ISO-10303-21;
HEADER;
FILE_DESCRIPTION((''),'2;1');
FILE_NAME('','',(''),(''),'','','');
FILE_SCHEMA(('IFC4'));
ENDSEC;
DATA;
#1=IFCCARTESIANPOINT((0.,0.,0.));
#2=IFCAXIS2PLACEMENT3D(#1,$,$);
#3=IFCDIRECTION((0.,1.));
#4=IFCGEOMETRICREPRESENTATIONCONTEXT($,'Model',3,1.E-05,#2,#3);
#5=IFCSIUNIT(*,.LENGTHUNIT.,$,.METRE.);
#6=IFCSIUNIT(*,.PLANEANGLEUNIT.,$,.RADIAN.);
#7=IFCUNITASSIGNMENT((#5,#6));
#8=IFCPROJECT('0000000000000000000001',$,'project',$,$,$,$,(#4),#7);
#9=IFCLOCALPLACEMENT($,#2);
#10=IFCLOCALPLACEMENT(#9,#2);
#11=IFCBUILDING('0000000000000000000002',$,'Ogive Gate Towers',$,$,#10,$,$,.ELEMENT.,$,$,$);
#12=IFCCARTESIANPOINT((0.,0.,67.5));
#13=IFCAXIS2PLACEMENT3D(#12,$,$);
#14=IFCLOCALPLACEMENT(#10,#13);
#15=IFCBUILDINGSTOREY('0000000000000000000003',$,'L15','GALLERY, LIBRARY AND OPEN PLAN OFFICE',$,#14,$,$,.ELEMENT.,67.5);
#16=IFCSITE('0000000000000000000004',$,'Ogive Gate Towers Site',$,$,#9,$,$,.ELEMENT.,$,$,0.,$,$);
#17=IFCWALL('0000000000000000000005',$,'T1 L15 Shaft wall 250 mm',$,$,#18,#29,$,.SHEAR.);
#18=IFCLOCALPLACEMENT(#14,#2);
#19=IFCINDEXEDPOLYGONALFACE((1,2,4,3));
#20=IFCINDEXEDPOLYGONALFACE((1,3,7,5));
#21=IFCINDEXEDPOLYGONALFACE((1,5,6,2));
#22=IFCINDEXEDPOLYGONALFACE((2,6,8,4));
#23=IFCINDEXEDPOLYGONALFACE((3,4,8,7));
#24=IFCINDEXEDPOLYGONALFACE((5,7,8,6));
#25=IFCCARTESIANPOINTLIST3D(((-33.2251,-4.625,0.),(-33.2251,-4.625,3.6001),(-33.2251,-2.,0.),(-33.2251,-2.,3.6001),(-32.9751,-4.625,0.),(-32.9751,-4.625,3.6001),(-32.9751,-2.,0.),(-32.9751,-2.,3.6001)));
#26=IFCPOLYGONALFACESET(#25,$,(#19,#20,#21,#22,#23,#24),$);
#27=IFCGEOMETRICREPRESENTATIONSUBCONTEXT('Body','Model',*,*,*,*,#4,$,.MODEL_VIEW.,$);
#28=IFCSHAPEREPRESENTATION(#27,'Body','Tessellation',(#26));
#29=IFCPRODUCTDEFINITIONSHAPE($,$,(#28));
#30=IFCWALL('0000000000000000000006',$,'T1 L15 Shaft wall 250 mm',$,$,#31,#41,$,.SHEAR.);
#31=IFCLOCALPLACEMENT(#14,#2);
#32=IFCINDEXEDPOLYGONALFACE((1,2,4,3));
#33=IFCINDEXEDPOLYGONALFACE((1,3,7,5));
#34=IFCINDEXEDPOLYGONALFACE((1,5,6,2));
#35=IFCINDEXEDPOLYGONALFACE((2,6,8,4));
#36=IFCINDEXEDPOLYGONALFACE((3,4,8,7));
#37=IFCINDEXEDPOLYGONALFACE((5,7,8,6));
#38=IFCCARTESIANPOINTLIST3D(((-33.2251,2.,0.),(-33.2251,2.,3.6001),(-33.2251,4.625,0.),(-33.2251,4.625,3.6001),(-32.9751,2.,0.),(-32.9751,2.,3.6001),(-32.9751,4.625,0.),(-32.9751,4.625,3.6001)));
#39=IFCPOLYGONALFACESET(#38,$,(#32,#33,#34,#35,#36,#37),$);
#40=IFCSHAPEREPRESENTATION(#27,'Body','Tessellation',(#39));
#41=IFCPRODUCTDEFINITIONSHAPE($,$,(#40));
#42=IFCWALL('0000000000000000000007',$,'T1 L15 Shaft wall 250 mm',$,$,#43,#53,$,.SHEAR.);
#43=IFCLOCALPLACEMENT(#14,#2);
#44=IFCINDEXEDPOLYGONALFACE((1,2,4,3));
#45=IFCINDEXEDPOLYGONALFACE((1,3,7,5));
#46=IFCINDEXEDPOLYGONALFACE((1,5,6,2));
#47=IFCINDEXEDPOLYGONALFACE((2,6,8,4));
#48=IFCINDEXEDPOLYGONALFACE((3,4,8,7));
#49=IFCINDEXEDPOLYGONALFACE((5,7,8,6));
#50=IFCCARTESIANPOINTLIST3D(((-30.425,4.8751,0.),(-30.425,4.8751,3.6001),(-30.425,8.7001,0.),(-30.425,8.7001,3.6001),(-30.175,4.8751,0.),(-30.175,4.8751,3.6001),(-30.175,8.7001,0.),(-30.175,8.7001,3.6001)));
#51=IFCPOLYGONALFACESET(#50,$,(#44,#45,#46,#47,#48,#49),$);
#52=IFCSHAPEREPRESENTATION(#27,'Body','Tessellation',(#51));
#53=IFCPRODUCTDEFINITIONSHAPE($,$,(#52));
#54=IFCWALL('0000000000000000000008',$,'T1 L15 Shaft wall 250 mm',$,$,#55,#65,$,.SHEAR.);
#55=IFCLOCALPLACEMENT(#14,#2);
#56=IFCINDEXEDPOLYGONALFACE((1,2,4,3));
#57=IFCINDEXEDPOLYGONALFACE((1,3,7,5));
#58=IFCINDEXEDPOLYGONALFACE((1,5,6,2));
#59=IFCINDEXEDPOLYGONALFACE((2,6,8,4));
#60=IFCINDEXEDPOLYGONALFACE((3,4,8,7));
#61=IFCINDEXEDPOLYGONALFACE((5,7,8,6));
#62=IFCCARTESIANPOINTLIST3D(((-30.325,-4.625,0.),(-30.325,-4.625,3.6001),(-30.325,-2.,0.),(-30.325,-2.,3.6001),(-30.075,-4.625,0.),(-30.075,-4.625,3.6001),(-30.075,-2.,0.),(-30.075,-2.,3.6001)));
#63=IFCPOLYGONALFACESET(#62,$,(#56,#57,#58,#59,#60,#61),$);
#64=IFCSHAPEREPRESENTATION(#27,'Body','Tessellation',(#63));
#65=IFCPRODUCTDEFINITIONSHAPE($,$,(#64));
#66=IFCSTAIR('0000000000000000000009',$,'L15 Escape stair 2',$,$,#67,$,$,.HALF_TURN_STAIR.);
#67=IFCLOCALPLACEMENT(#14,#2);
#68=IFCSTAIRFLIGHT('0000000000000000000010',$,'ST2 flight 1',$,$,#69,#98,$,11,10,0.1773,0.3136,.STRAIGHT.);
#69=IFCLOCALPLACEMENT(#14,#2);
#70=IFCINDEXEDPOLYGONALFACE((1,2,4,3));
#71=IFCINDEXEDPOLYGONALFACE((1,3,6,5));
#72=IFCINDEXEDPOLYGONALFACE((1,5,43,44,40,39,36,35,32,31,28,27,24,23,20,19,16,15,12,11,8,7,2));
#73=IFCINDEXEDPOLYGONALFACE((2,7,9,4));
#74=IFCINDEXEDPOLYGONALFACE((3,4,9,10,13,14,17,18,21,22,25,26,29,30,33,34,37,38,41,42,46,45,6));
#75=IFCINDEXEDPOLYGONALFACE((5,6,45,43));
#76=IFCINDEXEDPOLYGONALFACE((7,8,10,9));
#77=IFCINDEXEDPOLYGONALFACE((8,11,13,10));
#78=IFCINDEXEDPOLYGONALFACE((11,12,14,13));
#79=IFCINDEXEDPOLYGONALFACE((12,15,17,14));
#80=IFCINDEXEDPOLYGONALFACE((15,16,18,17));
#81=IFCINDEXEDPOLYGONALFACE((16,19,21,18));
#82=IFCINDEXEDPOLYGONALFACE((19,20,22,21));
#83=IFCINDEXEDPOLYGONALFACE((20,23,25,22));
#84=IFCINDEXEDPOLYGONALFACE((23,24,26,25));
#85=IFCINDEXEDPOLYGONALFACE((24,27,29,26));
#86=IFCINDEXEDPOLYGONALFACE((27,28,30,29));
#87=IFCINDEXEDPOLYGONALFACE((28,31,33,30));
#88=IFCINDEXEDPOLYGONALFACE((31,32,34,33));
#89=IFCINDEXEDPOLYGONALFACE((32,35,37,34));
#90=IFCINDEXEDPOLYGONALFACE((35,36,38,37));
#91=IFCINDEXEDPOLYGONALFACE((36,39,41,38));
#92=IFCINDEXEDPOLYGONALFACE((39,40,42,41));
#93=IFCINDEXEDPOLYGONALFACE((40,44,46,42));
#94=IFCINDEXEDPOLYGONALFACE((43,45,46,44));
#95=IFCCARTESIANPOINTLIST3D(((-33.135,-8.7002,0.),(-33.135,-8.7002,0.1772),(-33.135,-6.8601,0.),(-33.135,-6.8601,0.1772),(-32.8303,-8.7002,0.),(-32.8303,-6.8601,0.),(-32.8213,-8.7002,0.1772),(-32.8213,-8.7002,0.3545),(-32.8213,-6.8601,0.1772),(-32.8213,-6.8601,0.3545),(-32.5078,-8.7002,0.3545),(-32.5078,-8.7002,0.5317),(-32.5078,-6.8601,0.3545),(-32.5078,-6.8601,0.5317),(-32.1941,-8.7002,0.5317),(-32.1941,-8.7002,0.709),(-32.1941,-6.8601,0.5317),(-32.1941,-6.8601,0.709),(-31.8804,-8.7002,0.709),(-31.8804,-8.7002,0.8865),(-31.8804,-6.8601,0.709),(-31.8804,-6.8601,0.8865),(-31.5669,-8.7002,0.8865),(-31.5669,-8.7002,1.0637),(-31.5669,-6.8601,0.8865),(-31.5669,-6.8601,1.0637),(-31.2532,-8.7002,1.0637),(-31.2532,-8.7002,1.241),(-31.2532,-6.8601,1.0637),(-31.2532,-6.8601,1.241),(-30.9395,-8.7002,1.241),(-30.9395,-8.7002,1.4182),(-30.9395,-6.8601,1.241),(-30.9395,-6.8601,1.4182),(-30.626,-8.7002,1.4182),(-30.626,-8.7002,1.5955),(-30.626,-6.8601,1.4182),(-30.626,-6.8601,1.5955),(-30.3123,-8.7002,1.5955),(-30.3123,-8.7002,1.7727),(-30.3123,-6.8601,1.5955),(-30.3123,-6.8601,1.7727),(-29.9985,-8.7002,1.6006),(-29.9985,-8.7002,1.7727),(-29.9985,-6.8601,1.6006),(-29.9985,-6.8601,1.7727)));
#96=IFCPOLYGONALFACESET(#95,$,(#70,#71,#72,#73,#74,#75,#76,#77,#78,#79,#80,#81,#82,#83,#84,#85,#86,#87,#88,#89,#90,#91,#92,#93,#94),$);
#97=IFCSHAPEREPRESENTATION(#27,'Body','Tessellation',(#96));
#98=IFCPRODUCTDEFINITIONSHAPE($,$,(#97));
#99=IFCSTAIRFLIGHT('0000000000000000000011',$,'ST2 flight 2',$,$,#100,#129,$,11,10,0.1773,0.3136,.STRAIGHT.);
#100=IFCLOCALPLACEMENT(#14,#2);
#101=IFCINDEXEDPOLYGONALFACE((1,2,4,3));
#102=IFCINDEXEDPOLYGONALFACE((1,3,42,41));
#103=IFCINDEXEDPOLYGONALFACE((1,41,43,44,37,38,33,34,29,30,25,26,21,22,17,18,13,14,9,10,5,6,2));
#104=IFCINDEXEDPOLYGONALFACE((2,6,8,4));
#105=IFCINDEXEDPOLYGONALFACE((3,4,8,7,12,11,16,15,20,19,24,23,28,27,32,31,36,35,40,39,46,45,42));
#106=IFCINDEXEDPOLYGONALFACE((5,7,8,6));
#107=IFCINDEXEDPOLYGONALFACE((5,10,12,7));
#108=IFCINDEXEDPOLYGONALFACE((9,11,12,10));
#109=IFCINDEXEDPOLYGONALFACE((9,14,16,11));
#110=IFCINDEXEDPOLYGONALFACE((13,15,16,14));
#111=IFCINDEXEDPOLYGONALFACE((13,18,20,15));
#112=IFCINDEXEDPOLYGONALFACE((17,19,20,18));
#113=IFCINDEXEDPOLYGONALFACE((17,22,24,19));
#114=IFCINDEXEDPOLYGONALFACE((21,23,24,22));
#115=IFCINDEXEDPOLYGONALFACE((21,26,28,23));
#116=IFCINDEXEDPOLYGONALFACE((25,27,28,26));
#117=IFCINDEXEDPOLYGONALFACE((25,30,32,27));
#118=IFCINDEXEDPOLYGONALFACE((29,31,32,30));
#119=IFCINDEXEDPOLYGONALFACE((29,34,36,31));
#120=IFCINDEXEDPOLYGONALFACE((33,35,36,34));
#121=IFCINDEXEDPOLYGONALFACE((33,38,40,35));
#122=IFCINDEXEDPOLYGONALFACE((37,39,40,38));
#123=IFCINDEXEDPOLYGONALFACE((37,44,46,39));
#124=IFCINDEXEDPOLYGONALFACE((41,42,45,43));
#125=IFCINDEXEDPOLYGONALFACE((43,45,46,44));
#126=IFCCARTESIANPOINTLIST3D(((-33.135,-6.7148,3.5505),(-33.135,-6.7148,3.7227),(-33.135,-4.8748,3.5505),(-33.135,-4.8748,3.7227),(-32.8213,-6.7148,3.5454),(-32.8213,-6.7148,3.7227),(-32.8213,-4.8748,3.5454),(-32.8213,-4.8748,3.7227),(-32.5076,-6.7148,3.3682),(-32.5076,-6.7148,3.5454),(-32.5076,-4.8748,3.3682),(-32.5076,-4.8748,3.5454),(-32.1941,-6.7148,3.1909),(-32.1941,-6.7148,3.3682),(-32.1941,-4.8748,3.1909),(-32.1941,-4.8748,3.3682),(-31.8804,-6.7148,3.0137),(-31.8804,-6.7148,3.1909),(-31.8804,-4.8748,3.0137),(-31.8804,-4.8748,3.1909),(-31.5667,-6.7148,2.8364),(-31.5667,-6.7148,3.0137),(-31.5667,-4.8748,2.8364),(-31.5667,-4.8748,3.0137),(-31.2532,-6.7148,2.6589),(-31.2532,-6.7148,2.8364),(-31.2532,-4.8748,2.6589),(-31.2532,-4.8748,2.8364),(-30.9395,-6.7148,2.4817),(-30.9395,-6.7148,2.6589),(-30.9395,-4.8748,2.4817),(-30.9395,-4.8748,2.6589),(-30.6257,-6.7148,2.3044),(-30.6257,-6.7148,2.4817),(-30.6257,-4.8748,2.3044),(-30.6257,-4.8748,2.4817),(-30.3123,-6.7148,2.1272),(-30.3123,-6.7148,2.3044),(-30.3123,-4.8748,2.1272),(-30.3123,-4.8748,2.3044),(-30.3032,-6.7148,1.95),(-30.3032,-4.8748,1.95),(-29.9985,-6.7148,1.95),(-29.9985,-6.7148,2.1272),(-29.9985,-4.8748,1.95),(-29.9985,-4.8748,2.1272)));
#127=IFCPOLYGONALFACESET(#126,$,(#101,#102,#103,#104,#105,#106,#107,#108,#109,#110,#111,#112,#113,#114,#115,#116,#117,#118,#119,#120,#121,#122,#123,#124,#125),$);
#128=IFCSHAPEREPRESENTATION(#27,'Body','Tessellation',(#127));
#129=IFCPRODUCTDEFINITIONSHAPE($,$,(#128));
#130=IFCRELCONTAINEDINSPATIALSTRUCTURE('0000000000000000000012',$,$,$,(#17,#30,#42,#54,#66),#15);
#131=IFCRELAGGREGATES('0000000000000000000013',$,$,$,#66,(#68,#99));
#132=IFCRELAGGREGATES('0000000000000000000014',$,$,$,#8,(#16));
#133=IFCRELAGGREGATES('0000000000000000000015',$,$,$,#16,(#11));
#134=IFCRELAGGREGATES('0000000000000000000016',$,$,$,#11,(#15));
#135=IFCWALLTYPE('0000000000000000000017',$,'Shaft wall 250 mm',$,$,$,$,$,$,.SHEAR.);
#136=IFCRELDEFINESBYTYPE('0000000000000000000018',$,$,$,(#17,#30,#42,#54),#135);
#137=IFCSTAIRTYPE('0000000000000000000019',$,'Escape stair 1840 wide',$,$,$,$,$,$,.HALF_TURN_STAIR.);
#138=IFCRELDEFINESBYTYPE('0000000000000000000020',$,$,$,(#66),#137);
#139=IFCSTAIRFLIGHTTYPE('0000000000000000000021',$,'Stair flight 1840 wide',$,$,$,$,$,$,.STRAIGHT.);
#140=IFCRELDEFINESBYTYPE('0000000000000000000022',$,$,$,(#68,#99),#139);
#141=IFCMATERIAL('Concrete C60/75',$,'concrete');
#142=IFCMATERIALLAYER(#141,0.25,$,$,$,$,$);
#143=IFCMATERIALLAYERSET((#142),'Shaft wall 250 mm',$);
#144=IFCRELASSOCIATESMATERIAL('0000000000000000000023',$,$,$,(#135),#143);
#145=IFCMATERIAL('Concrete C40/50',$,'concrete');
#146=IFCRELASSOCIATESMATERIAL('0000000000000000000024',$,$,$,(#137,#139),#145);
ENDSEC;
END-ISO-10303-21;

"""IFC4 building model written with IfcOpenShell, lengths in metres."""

from ifc_helpers import new_model, si_unit, direction, frame, frame_2d, origin, place, context, subcontext, project, spatial, polyline, rectangle, outline, extrude, material, layer, layer_set, type_object, element, aggregate, save


model = new_model("IFC4")

# Units and contexts
model_context = context("Model", 3, precision=1e-05, world=origin(), true_north=direction((0.0, 1.0)))
body_context = subcontext(model_context, "Body", "Model", "MODEL_VIEW")
ifc_project = project(units=[si_unit("LENGTHUNIT", "METRE"), si_unit("PLANEANGLEUNIT", "RADIAN")], contexts=[model_context])

# Site, building, storey
site_placement = place(None, origin())
site = spatial("IfcSite", under=ifc_project, at=site_placement, Name="Ogive Gate Towers Site", CompositionType="ELEMENT", RefElevation=0.0)
building_placement = place(site_placement, origin())
building = spatial("IfcBuilding", under=site, at=building_placement, Name="Ogive Gate Towers", CompositionType="ELEMENT")
storey_placement = place(building_placement, frame((0.0, 0.0, 67.5)))
storey = spatial("IfcBuildingStorey", under=building, at=storey_placement, Name="L15", Description="GALLERY, LIBRARY AND OPEN PLAN OFFICE", CompositionType="ELEMENT", Elevation=67.5)

# Shared definitions
ifc_material_1 = material(Name="Concrete C60/75", Category="concrete")

# Walls
ifc_layer_1 = layer(ifc_material_1, 0.25)
ifc_layer_set_1 = layer_set([ifc_layer_1], Name="Shaft wall 250 mm")
wall_type_1 = type_object("IfcWallType", Name="Shaft wall 250 mm", PredefinedType="SHEAR", material=ifc_layer_set_1)
for number, where, z_axis, x_axis, name in (
    (1, (-33.1001, -4.625, 0.0), (0.0, 0.0, 1.0), (0.0, 1.0, 0.0), "T1 L15 Shaft wall 250 mm"),
    (2, (-33.1001, 2.0, 0.0), (0.0, 0.0, 1.0), (0.0, 1.0, 0.0), "T1 L15 Shaft wall 250 mm"),
):
    element("IfcWall", number, at=place(storey_placement, frame(where, z_axis=z_axis, x_axis=x_axis)), inside=storey, type_object=wall_type_1, Name=name, PredefinedType="SHEAR", context=body_context, shape_type="SweptSolid", body=[
        extrude(rectangle(XDim=2.625, YDim=0.25, at=frame_2d((1.3125, 0.0))), origin(), (0.0, 0.0, 1.0), 3.6001),
    ])
wall_1_placement = place(storey_placement, frame((-30.3, 4.875, 0.0), z_axis=(0.0, 0.0, 1.0), x_axis=(0.0, 1.0, 0.0)))
element("IfcWall", 3, at=wall_1_placement, inside=storey, type_object=wall_type_1, Name="T1 L15 Shaft wall 250 mm", PredefinedType="SHEAR", context=body_context, shape_type="SweptSolid", body=[
    extrude(rectangle(XDim=3.825, YDim=0.25, at=frame_2d((1.9126, 0.0))), origin(), (0.0, 0.0, 1.0), 3.6001),
])
wall_2_placement = place(storey_placement, frame((-30.2, -4.625, 0.0), z_axis=(0.0, 0.0, 1.0), x_axis=(0.0, 1.0, 0.0)))
element("IfcWall", 4, at=wall_2_placement, inside=storey, type_object=wall_type_1, Name="T1 L15 Shaft wall 250 mm", PredefinedType="SHEAR", context=body_context, shape_type="SweptSolid", body=[
    extrude(rectangle(XDim=2.625, YDim=0.25, at=frame_2d((1.3125, 0.0))), origin(), (0.0, 0.0, 1.0), 3.6001),
])

# Stair, stair flights
ifc_material_2 = material(Name="Concrete C40/50", Category="concrete")
stair_type = type_object("IfcStairType", Name="Escape stair 1840 wide", PredefinedType="HALF_TURN_STAIR", material=ifc_material_2)
stair_placement = place(storey_placement, origin())
stair = element("IfcStair", 5, at=stair_placement, inside=storey, type_object=stair_type, Name="L15 Escape stair 2", PredefinedType="HALF_TURN_STAIR")
stair_flight_type = type_object("IfcStairFlightType", Name="Stair flight 1840 wide", PredefinedType="STRAIGHT", material=ifc_material_2)
stair_flight_1_placement = place(storey_placement, frame((-33.135, -7.78, 0.0), z_axis=(0.0, 0.0, 1.0), x_axis=(1.0, 0.0, 0.0)))
stair_flight_1 = element("IfcStairFlight", 6, at=stair_flight_1_placement, type_object=stair_flight_type, Name="ST2 flight 1", NumberOfRisers=11, NumberOfTreads=10, PredefinedType="STRAIGHT", RiserHeight=0.1773, TreadLength=0.3136, context=body_context, shape_type="SweptSolid", body=[
    extrude(outline(polyline([(0.0, 0.0), (0.0, 0.1772), (0.3137, 0.1772), (0.3137, 0.3545), (0.6272, 0.3545), (0.6272, 0.5317), (0.9409, 0.5317), (0.9409, 0.709), (1.2546, 0.709), (1.2546, 0.8865), (1.5681, 0.8865), (1.5681, 1.0637), (1.8818, 1.0637), (1.8818, 1.241), (2.1956, 1.241), (2.1956, 1.4182), (2.509, 1.4182), (2.509, 1.5955), (2.8228, 1.5955), (2.8228, 1.7727), (3.1365, 1.7727), (3.1365, 1.95), (3.1365, 1.6006), (0.3047, 0.0), (0.0, 0.0)])), frame((0.0, 0.9199, 0.0), z_axis=(0.0, -1.0, 0.0), x_axis=(1.0, 0.0, 0.0)), (0.0, 0.0, 1.0), 1.8401),
])
stair_flight_2_placement = place(storey_placement, frame((-29.9985, -5.7949, 1.95), z_axis=(0.0, 0.0, 1.0), x_axis=(-1.0, 0.0, 0.0)))
stair_flight_2 = element("IfcStairFlight", 7, at=stair_flight_2_placement, type_object=stair_flight_type, Name="ST2 flight 2", NumberOfRisers=11, NumberOfTreads=10, PredefinedType="STRAIGHT", RiserHeight=0.1773, TreadLength=0.3136, context=body_context, shape_type="SweptSolid", body=[
    extrude(outline(polyline([(0.0, 0.0), (0.0, 0.1772), (0.3137, 0.1772), (0.3137, 0.3545), (0.6272, 0.3545), (0.6272, 0.5317), (0.9409, 0.5317), (0.9409, 0.709), (1.2546, 0.709), (1.2546, 0.8865), (1.5681, 0.8865), (1.5681, 1.0637), (1.8818, 1.0637), (1.8818, 1.241), (2.1956, 1.241), (2.1956, 1.4182), (2.509, 1.4182), (2.509, 1.5955), (2.8228, 1.5955), (2.8228, 1.7727), (3.1365, 1.7727), (3.1365, 1.95), (3.1365, 1.6006), (0.3047, 0.0), (0.0, 0.0)])), frame((0.0, 0.9199, 0.0), z_axis=(0.0, -1.0, 0.0), x_axis=(1.0, 0.0, 0.0)), (0.0, 0.0, 1.0), 1.8401),
])
aggregate(stair, [stair_flight_1, stair_flight_2])

save(model, "model.ifc")
